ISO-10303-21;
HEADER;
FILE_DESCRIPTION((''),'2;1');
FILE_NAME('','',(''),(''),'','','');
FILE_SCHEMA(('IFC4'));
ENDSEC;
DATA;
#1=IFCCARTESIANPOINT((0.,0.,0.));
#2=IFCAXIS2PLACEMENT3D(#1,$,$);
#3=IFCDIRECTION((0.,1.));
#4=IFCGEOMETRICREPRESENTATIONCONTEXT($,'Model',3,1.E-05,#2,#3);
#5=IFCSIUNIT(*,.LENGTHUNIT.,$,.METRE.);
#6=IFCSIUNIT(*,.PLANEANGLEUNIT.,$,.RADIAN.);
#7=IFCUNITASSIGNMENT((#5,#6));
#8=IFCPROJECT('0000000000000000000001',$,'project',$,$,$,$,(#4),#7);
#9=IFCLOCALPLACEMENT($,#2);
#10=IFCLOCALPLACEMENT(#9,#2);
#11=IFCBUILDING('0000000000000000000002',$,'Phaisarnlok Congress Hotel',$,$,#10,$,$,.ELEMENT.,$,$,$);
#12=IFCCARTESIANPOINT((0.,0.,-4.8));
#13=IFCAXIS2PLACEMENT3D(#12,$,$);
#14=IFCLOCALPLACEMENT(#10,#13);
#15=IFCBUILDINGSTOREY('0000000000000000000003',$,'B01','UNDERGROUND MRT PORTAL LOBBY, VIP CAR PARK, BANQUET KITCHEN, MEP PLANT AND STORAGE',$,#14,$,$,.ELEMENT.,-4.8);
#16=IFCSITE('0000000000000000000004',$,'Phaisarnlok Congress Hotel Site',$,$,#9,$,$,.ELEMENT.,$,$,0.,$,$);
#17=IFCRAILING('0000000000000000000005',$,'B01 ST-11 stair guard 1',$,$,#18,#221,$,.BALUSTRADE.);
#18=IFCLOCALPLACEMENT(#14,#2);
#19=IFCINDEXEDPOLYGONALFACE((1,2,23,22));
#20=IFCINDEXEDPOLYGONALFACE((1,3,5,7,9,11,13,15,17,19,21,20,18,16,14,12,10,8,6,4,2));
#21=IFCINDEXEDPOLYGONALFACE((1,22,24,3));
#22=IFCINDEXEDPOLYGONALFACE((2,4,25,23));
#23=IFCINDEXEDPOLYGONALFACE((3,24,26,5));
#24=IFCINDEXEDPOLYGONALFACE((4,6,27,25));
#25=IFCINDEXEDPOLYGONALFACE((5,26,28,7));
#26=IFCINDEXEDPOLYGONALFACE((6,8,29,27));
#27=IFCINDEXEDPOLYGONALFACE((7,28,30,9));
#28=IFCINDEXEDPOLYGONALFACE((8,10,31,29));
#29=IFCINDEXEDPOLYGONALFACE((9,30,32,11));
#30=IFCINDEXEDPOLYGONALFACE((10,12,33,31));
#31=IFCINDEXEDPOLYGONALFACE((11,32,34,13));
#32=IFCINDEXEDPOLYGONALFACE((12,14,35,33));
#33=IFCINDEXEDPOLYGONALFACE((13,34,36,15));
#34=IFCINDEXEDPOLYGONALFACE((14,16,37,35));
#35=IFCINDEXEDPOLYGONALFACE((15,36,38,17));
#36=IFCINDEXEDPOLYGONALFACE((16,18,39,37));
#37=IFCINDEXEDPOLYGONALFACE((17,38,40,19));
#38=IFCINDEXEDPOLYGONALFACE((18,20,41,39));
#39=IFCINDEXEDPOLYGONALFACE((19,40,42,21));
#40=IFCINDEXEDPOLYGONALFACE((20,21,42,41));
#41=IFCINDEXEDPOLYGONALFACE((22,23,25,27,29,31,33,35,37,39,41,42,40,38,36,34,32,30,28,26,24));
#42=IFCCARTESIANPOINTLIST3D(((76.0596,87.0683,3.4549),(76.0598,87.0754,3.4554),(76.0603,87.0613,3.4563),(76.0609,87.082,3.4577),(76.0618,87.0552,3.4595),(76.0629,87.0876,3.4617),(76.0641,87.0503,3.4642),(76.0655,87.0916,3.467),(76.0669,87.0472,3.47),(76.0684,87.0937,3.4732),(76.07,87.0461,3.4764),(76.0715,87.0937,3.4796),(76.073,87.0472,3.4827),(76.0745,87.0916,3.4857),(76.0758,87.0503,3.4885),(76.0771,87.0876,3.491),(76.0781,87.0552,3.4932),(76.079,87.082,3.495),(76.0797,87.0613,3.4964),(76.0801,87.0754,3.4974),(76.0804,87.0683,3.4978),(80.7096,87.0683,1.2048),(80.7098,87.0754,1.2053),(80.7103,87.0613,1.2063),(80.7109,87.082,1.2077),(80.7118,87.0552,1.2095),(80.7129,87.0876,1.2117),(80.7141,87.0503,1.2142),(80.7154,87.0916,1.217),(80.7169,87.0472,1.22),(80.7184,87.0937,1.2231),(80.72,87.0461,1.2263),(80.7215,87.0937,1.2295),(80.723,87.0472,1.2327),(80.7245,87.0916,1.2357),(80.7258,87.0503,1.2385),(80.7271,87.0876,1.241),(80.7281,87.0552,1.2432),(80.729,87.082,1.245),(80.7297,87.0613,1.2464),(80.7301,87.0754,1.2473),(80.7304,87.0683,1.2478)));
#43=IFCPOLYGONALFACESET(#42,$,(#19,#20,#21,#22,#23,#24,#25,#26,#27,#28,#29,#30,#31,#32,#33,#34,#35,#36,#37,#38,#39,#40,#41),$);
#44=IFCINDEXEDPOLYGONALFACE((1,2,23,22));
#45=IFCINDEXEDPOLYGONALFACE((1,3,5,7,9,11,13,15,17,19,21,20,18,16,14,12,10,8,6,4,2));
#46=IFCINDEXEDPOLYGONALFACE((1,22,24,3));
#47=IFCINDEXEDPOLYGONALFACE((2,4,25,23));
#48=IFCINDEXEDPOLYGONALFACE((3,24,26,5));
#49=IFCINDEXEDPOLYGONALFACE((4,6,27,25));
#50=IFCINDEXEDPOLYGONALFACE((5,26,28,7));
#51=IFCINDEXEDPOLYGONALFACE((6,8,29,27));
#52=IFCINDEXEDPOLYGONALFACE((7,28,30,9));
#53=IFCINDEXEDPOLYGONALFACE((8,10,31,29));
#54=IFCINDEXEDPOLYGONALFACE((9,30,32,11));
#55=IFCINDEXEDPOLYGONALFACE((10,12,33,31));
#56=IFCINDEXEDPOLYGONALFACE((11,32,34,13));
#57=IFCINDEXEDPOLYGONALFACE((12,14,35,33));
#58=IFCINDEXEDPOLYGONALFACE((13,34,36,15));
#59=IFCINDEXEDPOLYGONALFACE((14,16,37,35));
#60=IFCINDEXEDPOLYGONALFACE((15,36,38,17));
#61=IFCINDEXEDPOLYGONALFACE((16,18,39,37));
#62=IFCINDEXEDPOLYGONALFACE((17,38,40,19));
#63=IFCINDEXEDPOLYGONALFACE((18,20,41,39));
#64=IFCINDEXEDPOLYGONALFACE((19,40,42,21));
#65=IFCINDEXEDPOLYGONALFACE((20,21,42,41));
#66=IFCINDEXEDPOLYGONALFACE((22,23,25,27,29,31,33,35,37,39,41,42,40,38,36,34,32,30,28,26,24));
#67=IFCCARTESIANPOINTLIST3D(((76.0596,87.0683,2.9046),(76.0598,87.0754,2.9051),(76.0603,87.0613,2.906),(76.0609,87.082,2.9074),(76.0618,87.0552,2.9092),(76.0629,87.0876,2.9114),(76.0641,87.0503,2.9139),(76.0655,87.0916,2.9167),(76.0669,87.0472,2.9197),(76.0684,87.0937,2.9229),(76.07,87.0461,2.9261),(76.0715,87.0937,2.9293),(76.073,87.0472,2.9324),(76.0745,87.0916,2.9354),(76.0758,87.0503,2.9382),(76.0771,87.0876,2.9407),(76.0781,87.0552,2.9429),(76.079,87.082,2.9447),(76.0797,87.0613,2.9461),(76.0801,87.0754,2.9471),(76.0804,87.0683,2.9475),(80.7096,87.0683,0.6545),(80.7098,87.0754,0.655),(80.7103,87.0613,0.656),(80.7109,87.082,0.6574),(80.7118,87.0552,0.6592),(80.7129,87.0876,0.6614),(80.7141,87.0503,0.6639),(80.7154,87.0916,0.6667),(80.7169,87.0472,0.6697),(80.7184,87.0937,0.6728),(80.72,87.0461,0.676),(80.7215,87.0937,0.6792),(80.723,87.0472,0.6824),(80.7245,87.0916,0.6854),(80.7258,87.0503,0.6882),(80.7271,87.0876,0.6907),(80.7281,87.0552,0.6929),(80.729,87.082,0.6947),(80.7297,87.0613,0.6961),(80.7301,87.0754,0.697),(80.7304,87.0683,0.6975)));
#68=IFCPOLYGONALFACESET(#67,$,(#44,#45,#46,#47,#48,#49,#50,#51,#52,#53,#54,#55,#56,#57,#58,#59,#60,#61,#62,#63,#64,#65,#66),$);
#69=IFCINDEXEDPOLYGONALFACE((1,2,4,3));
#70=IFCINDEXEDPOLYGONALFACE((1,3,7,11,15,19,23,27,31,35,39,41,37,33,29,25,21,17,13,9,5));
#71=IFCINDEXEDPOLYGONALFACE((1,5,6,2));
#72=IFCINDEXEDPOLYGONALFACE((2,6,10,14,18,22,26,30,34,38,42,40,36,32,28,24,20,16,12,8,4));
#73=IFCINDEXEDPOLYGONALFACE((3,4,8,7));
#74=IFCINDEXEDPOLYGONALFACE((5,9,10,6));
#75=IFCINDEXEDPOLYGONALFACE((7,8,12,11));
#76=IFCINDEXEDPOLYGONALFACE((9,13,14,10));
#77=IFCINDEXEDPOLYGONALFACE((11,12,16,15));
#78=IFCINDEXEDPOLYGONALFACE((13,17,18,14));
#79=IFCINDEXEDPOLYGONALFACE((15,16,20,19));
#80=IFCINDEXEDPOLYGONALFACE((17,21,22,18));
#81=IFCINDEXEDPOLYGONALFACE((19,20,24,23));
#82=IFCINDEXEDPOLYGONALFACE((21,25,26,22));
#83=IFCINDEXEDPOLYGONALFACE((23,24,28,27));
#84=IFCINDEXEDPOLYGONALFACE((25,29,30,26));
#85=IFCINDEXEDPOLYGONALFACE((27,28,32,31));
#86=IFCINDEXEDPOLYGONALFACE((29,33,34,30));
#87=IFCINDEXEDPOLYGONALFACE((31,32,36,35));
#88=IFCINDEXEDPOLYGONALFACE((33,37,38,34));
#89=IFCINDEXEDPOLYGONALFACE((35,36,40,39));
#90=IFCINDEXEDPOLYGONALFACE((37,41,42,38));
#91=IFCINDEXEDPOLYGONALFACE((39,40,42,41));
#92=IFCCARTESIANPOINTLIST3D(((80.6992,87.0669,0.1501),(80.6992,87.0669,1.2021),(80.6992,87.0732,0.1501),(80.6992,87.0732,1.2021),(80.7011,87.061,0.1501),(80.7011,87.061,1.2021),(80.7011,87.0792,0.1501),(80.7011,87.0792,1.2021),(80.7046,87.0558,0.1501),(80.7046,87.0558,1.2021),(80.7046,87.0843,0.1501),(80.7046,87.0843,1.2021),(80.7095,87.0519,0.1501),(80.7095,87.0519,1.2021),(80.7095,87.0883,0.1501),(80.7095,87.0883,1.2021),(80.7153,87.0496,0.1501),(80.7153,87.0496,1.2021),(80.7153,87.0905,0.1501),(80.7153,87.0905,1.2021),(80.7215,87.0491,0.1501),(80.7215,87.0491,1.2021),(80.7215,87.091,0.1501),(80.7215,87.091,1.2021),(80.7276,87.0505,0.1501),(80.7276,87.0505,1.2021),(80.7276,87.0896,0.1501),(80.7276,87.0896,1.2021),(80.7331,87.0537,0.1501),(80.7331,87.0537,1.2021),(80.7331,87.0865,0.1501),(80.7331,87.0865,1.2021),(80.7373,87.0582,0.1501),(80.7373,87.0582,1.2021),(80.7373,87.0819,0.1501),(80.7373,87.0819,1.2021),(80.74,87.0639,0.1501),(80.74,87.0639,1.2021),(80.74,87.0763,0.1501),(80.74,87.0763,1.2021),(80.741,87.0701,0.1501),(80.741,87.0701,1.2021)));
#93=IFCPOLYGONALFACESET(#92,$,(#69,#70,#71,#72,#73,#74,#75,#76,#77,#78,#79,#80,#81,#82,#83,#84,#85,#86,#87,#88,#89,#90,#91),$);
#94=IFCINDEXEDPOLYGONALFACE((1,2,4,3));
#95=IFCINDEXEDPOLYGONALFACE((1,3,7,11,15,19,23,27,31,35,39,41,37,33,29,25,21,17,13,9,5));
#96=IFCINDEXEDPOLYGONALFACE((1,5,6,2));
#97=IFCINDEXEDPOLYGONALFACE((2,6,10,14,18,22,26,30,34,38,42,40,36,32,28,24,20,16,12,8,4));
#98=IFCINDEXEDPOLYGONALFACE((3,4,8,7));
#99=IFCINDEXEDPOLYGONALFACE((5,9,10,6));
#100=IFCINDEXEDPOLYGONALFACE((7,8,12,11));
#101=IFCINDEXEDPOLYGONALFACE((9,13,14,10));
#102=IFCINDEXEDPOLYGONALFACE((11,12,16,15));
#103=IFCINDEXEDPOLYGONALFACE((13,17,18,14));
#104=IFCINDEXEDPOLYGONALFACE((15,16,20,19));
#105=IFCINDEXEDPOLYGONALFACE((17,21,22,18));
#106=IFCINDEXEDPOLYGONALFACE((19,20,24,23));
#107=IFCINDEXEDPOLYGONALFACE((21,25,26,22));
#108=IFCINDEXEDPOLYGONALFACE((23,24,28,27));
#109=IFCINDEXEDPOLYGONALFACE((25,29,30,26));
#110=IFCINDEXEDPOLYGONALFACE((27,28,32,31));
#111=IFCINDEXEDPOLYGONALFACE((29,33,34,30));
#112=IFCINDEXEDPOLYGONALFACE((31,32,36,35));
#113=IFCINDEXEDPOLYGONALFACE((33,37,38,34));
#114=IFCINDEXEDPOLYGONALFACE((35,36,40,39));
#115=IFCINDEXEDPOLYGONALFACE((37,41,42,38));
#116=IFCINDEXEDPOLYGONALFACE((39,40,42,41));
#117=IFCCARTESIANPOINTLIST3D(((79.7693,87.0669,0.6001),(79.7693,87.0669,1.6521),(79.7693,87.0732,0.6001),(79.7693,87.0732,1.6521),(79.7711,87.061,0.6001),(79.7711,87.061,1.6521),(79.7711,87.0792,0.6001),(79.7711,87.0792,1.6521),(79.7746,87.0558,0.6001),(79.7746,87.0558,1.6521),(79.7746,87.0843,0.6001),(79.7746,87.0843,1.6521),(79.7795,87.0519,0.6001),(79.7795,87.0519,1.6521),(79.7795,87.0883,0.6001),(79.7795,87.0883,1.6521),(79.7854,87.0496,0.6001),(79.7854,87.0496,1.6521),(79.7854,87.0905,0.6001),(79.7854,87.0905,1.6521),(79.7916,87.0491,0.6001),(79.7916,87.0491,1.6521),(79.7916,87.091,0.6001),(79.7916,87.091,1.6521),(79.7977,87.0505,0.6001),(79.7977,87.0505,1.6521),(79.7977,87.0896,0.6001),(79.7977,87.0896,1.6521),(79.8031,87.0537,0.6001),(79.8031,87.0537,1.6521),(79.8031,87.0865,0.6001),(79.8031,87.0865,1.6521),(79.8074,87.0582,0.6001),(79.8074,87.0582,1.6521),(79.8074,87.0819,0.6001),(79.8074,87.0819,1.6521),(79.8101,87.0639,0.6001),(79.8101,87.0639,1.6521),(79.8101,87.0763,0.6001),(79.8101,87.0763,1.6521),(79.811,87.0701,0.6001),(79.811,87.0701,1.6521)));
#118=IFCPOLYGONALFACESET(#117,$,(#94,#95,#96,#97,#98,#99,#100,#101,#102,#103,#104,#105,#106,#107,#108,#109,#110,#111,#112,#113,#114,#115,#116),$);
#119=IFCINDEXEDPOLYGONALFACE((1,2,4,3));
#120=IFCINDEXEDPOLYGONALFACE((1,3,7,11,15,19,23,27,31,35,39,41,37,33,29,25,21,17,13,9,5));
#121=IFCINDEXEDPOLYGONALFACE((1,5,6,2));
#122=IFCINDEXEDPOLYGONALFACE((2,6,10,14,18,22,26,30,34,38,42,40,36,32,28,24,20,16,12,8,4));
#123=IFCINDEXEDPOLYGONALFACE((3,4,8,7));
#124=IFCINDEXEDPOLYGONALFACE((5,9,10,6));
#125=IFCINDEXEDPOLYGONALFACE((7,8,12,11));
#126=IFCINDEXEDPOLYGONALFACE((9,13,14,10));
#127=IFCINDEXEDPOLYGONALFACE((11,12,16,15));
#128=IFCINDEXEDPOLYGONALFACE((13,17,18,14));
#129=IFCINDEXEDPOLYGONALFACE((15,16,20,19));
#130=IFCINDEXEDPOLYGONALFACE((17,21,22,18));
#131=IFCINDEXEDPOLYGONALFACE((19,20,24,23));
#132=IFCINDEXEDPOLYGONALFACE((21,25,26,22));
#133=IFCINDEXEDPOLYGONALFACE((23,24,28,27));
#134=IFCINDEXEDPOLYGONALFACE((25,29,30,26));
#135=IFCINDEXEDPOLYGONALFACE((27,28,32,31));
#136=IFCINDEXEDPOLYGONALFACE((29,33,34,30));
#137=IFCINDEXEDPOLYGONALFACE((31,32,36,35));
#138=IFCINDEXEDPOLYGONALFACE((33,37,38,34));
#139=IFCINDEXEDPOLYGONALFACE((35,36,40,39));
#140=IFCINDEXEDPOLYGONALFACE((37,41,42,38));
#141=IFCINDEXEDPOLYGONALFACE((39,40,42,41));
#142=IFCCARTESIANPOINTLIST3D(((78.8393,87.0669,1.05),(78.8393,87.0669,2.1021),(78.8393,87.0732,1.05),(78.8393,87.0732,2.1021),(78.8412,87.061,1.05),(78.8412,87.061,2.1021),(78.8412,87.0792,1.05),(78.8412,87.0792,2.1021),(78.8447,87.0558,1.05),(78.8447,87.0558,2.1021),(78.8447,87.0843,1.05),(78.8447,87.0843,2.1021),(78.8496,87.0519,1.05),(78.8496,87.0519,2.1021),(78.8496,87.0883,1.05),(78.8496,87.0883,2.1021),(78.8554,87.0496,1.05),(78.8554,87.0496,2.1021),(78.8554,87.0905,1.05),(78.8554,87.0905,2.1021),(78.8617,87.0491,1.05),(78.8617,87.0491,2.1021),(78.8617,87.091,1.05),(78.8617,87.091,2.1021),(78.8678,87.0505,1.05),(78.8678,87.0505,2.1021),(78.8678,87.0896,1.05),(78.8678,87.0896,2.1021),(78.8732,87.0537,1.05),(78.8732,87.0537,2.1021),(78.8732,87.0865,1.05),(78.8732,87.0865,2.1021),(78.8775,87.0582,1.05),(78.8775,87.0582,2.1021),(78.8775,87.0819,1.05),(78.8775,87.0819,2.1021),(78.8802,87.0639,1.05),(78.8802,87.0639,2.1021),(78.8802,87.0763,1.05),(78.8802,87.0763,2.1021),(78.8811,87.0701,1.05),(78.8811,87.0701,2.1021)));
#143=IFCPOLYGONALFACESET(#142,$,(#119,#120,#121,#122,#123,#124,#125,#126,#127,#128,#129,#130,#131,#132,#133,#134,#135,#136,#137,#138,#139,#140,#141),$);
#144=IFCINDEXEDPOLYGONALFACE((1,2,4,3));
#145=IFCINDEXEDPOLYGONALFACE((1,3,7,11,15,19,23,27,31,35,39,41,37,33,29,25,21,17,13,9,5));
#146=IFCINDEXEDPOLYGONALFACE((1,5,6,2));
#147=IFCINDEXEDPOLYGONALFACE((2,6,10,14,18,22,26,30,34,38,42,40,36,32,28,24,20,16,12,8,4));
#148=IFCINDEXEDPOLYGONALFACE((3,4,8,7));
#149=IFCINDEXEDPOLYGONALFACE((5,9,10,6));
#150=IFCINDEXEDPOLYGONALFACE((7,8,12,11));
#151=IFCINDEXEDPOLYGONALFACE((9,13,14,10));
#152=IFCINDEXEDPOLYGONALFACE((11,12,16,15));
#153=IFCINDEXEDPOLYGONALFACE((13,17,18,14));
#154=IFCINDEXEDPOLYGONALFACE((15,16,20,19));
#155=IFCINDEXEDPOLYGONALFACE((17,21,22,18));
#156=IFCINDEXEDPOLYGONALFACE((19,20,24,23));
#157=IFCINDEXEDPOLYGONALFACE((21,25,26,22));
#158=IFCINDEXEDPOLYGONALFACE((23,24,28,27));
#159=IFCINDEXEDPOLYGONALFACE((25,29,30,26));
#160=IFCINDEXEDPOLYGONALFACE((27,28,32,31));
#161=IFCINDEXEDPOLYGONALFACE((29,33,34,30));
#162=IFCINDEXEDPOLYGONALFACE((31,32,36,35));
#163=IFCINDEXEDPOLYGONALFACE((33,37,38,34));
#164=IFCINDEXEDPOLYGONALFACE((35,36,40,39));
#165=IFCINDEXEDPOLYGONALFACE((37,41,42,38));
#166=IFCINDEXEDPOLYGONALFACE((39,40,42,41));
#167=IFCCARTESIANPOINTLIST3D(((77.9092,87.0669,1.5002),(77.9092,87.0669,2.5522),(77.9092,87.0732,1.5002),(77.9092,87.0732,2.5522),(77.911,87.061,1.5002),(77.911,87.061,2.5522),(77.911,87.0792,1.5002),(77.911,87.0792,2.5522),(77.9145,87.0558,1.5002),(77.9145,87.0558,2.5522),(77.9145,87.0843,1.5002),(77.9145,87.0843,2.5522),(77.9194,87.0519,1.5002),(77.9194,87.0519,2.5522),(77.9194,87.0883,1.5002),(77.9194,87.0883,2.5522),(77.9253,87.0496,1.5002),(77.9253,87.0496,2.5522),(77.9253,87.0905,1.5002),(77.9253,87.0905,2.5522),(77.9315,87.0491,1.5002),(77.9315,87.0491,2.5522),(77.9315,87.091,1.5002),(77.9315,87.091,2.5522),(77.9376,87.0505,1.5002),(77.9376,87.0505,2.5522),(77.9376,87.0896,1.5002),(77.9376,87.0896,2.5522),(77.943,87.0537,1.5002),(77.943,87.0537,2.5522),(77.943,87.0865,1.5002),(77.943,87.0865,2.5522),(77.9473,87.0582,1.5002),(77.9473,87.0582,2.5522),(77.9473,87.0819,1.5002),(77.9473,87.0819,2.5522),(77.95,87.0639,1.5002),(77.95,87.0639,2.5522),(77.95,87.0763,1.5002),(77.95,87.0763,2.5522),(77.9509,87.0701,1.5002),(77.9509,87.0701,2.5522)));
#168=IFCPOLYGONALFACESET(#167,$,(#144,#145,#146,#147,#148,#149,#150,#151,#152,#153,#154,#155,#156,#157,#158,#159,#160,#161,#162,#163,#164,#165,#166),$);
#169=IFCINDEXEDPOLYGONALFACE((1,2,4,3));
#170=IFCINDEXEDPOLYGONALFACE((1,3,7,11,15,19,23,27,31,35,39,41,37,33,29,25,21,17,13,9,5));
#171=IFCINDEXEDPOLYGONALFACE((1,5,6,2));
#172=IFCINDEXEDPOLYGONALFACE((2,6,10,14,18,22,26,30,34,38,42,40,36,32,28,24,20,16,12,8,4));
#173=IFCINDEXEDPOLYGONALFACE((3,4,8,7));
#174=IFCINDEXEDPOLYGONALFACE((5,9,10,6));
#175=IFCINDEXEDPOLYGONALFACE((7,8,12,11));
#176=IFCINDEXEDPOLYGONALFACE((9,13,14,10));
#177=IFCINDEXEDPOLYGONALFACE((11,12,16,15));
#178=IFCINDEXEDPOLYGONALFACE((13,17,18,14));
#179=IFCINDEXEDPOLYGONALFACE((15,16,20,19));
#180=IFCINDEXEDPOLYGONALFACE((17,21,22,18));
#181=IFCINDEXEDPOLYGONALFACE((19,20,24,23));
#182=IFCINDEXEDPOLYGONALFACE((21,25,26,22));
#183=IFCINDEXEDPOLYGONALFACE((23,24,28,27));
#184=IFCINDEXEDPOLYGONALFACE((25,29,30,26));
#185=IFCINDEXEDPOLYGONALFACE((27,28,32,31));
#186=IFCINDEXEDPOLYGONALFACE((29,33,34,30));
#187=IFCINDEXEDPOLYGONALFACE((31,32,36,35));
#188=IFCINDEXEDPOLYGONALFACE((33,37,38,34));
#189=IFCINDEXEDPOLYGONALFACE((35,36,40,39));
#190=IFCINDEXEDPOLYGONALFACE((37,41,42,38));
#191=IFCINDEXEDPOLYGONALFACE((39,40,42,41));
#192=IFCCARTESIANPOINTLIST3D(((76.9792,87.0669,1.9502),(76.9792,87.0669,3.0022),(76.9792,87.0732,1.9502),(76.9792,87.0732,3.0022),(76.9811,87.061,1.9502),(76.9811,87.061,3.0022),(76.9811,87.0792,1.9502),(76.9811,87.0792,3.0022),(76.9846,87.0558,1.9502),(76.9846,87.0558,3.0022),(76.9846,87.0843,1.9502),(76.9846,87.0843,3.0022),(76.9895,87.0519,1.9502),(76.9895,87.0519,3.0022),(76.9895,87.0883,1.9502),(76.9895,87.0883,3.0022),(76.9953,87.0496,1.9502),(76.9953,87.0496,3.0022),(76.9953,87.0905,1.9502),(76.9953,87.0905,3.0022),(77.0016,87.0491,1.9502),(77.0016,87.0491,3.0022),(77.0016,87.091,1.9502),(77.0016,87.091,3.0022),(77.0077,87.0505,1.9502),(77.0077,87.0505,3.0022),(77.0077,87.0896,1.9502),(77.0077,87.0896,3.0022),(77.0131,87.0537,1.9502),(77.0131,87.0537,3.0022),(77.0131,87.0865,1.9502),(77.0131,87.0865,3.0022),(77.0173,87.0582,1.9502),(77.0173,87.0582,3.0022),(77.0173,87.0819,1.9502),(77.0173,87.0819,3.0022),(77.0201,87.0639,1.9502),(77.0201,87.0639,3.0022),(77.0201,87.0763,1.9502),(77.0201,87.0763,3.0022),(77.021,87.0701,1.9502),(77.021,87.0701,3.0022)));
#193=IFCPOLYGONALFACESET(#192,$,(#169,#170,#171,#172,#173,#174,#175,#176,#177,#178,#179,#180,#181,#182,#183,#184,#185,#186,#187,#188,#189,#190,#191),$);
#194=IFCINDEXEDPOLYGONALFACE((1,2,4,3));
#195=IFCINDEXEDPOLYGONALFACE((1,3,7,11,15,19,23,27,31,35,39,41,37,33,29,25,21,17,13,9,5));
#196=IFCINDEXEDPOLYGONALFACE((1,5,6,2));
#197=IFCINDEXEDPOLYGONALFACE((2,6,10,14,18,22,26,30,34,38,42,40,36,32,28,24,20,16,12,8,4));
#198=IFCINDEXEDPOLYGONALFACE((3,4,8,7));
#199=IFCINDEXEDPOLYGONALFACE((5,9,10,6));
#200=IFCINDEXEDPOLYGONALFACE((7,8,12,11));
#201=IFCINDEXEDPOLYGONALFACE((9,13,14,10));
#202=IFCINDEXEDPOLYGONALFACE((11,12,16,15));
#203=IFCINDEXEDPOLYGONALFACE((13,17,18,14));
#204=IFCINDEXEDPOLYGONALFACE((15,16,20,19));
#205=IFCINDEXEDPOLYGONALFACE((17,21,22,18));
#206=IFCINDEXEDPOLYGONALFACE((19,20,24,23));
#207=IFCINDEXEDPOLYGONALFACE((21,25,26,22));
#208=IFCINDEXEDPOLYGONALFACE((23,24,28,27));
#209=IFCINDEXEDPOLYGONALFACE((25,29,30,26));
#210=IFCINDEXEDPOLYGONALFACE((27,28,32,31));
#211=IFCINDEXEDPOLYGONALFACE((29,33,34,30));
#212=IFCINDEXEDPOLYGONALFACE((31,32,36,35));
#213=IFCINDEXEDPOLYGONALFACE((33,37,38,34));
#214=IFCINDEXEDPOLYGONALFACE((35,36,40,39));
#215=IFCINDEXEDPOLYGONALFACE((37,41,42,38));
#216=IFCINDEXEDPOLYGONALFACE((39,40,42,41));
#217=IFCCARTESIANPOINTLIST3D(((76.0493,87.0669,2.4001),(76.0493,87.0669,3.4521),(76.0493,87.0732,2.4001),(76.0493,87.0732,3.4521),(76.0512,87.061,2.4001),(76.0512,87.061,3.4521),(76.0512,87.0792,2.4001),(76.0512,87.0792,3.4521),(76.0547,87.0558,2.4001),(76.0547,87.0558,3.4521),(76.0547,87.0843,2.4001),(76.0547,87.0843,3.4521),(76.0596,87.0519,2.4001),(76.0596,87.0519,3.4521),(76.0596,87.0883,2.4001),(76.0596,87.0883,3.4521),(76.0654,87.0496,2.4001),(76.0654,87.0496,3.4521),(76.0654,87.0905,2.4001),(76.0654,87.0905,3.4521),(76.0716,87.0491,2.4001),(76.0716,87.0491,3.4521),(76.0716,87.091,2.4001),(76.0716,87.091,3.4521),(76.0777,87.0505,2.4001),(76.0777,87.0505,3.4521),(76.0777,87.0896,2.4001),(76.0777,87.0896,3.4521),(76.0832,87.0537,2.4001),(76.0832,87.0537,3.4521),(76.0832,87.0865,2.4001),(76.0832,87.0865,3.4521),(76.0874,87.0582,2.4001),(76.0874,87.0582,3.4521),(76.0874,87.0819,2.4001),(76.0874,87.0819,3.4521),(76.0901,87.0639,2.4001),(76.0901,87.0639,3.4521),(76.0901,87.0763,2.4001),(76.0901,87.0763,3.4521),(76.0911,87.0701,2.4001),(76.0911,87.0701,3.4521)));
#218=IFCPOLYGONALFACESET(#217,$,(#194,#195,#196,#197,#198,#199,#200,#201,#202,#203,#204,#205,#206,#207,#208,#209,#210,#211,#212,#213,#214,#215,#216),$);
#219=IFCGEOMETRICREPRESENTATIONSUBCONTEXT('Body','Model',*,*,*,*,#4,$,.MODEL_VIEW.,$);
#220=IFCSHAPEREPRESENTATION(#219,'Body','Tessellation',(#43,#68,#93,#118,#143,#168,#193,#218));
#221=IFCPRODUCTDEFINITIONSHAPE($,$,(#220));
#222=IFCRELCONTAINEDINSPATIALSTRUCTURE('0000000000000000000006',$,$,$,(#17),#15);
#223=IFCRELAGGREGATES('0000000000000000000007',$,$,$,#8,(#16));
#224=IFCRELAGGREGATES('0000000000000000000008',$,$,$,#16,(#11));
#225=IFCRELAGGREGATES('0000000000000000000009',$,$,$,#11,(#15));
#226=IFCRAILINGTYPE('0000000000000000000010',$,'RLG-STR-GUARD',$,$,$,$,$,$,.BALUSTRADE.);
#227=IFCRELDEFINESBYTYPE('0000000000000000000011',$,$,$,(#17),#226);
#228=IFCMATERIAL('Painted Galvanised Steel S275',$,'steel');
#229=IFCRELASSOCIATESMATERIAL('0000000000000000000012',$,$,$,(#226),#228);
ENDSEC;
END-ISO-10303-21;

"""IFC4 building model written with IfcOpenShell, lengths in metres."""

from ifc_helpers import new_model, si_unit, direction, frame, origin, origin_2d, place, context, subcontext, project, spatial, circle, extrude, material, type_object, element, save


model = new_model("IFC4")

# Units and contexts
model_context = context("Model", 3, precision=1e-05, world=origin(), true_north=direction((0.0, 1.0)))
body_context = subcontext(model_context, "Body", "Model", "MODEL_VIEW")
ifc_project = project(units=[si_unit("LENGTHUNIT", "METRE"), si_unit("PLANEANGLEUNIT", "RADIAN")], contexts=[model_context])

# Site, building, storey
site_placement = place(None, origin())
site = spatial("IfcSite", under=ifc_project, at=site_placement, Name="Phaisarnlok Congress Hotel Site", CompositionType="ELEMENT", RefElevation=0.0)
building_placement = place(site_placement, origin())
building = spatial("IfcBuilding", under=site, at=building_placement, Name="Phaisarnlok Congress Hotel", CompositionType="ELEMENT")
storey_placement = place(building_placement, frame((0.0, 0.0, -4.8)))
storey = spatial("IfcBuildingStorey", under=building, at=storey_placement, Name="B01", Description="UNDERGROUND MRT PORTAL LOBBY, VIP CAR PARK, BANQUET KITCHEN, MEP PLANT AND STORAGE", CompositionType="ELEMENT", Elevation=-4.8)

# Railing
ifc_material_1 = material(Name="Painted Galvanised Steel S275", Category="steel")
railing_type_1 = type_object("IfcRailingType", Name="RLG-STR-GUARD", PredefinedType="BALUSTRADE", material=ifc_material_1)
railing_1_placement = place(storey_placement, frame((80.72, 87.0701, 0.1501)))
element("IfcRailing", 1, at=railing_1_placement, inside=storey, type_object=railing_type_1, Name="B01 ST-11 stair guard 1", PredefinedType="BALUSTRADE", context=body_context, shape_type="SweptSolid", body=[
    extrude(circle(Radius=0.0239, at=origin_2d()), frame((0.0, 0.0, 1.0762), z_axis=(-0.900156, 0.0, 0.435568), x_axis=(0.0, -1.0, 0.0)), (0.0, 0.0, 1.0), 5.1658),
    extrude(circle(Radius=0.0239, at=origin_2d()), frame((0.0, 0.0, 0.5259), z_axis=(-0.900156, 0.0, 0.435568), x_axis=(0.0, -1.0, 0.0)), (0.0, 0.0, 1.0), 5.1658),
    extrude(circle(Radius=0.021, at=origin_2d()), origin(), (0.0, 0.0, 1.0), 1.052),
    extrude(circle(Radius=0.021, at=origin_2d()), frame((-0.9299, 0.0, 0.45)), (0.0, 0.0, 1.0), 1.052),
    extrude(circle(Radius=0.021, at=origin_2d()), frame((-1.8599, 0.0, 0.8999)), (0.0, 0.0, 1.0), 1.052),
    extrude(circle(Radius=0.021, at=origin_2d()), frame((-2.79, 0.0, 1.3501)), (0.0, 0.0, 1.0), 1.052),
    extrude(circle(Radius=0.021, at=origin_2d()), frame((-3.72, 0.0, 1.8)), (0.0, 0.0, 1.0), 1.052),
    extrude(circle(Radius=0.021, at=origin_2d()), frame((-4.6499, 0.0, 2.25)), (0.0, 0.0, 1.0), 1.052),
])

save(model, "model.ifc")
